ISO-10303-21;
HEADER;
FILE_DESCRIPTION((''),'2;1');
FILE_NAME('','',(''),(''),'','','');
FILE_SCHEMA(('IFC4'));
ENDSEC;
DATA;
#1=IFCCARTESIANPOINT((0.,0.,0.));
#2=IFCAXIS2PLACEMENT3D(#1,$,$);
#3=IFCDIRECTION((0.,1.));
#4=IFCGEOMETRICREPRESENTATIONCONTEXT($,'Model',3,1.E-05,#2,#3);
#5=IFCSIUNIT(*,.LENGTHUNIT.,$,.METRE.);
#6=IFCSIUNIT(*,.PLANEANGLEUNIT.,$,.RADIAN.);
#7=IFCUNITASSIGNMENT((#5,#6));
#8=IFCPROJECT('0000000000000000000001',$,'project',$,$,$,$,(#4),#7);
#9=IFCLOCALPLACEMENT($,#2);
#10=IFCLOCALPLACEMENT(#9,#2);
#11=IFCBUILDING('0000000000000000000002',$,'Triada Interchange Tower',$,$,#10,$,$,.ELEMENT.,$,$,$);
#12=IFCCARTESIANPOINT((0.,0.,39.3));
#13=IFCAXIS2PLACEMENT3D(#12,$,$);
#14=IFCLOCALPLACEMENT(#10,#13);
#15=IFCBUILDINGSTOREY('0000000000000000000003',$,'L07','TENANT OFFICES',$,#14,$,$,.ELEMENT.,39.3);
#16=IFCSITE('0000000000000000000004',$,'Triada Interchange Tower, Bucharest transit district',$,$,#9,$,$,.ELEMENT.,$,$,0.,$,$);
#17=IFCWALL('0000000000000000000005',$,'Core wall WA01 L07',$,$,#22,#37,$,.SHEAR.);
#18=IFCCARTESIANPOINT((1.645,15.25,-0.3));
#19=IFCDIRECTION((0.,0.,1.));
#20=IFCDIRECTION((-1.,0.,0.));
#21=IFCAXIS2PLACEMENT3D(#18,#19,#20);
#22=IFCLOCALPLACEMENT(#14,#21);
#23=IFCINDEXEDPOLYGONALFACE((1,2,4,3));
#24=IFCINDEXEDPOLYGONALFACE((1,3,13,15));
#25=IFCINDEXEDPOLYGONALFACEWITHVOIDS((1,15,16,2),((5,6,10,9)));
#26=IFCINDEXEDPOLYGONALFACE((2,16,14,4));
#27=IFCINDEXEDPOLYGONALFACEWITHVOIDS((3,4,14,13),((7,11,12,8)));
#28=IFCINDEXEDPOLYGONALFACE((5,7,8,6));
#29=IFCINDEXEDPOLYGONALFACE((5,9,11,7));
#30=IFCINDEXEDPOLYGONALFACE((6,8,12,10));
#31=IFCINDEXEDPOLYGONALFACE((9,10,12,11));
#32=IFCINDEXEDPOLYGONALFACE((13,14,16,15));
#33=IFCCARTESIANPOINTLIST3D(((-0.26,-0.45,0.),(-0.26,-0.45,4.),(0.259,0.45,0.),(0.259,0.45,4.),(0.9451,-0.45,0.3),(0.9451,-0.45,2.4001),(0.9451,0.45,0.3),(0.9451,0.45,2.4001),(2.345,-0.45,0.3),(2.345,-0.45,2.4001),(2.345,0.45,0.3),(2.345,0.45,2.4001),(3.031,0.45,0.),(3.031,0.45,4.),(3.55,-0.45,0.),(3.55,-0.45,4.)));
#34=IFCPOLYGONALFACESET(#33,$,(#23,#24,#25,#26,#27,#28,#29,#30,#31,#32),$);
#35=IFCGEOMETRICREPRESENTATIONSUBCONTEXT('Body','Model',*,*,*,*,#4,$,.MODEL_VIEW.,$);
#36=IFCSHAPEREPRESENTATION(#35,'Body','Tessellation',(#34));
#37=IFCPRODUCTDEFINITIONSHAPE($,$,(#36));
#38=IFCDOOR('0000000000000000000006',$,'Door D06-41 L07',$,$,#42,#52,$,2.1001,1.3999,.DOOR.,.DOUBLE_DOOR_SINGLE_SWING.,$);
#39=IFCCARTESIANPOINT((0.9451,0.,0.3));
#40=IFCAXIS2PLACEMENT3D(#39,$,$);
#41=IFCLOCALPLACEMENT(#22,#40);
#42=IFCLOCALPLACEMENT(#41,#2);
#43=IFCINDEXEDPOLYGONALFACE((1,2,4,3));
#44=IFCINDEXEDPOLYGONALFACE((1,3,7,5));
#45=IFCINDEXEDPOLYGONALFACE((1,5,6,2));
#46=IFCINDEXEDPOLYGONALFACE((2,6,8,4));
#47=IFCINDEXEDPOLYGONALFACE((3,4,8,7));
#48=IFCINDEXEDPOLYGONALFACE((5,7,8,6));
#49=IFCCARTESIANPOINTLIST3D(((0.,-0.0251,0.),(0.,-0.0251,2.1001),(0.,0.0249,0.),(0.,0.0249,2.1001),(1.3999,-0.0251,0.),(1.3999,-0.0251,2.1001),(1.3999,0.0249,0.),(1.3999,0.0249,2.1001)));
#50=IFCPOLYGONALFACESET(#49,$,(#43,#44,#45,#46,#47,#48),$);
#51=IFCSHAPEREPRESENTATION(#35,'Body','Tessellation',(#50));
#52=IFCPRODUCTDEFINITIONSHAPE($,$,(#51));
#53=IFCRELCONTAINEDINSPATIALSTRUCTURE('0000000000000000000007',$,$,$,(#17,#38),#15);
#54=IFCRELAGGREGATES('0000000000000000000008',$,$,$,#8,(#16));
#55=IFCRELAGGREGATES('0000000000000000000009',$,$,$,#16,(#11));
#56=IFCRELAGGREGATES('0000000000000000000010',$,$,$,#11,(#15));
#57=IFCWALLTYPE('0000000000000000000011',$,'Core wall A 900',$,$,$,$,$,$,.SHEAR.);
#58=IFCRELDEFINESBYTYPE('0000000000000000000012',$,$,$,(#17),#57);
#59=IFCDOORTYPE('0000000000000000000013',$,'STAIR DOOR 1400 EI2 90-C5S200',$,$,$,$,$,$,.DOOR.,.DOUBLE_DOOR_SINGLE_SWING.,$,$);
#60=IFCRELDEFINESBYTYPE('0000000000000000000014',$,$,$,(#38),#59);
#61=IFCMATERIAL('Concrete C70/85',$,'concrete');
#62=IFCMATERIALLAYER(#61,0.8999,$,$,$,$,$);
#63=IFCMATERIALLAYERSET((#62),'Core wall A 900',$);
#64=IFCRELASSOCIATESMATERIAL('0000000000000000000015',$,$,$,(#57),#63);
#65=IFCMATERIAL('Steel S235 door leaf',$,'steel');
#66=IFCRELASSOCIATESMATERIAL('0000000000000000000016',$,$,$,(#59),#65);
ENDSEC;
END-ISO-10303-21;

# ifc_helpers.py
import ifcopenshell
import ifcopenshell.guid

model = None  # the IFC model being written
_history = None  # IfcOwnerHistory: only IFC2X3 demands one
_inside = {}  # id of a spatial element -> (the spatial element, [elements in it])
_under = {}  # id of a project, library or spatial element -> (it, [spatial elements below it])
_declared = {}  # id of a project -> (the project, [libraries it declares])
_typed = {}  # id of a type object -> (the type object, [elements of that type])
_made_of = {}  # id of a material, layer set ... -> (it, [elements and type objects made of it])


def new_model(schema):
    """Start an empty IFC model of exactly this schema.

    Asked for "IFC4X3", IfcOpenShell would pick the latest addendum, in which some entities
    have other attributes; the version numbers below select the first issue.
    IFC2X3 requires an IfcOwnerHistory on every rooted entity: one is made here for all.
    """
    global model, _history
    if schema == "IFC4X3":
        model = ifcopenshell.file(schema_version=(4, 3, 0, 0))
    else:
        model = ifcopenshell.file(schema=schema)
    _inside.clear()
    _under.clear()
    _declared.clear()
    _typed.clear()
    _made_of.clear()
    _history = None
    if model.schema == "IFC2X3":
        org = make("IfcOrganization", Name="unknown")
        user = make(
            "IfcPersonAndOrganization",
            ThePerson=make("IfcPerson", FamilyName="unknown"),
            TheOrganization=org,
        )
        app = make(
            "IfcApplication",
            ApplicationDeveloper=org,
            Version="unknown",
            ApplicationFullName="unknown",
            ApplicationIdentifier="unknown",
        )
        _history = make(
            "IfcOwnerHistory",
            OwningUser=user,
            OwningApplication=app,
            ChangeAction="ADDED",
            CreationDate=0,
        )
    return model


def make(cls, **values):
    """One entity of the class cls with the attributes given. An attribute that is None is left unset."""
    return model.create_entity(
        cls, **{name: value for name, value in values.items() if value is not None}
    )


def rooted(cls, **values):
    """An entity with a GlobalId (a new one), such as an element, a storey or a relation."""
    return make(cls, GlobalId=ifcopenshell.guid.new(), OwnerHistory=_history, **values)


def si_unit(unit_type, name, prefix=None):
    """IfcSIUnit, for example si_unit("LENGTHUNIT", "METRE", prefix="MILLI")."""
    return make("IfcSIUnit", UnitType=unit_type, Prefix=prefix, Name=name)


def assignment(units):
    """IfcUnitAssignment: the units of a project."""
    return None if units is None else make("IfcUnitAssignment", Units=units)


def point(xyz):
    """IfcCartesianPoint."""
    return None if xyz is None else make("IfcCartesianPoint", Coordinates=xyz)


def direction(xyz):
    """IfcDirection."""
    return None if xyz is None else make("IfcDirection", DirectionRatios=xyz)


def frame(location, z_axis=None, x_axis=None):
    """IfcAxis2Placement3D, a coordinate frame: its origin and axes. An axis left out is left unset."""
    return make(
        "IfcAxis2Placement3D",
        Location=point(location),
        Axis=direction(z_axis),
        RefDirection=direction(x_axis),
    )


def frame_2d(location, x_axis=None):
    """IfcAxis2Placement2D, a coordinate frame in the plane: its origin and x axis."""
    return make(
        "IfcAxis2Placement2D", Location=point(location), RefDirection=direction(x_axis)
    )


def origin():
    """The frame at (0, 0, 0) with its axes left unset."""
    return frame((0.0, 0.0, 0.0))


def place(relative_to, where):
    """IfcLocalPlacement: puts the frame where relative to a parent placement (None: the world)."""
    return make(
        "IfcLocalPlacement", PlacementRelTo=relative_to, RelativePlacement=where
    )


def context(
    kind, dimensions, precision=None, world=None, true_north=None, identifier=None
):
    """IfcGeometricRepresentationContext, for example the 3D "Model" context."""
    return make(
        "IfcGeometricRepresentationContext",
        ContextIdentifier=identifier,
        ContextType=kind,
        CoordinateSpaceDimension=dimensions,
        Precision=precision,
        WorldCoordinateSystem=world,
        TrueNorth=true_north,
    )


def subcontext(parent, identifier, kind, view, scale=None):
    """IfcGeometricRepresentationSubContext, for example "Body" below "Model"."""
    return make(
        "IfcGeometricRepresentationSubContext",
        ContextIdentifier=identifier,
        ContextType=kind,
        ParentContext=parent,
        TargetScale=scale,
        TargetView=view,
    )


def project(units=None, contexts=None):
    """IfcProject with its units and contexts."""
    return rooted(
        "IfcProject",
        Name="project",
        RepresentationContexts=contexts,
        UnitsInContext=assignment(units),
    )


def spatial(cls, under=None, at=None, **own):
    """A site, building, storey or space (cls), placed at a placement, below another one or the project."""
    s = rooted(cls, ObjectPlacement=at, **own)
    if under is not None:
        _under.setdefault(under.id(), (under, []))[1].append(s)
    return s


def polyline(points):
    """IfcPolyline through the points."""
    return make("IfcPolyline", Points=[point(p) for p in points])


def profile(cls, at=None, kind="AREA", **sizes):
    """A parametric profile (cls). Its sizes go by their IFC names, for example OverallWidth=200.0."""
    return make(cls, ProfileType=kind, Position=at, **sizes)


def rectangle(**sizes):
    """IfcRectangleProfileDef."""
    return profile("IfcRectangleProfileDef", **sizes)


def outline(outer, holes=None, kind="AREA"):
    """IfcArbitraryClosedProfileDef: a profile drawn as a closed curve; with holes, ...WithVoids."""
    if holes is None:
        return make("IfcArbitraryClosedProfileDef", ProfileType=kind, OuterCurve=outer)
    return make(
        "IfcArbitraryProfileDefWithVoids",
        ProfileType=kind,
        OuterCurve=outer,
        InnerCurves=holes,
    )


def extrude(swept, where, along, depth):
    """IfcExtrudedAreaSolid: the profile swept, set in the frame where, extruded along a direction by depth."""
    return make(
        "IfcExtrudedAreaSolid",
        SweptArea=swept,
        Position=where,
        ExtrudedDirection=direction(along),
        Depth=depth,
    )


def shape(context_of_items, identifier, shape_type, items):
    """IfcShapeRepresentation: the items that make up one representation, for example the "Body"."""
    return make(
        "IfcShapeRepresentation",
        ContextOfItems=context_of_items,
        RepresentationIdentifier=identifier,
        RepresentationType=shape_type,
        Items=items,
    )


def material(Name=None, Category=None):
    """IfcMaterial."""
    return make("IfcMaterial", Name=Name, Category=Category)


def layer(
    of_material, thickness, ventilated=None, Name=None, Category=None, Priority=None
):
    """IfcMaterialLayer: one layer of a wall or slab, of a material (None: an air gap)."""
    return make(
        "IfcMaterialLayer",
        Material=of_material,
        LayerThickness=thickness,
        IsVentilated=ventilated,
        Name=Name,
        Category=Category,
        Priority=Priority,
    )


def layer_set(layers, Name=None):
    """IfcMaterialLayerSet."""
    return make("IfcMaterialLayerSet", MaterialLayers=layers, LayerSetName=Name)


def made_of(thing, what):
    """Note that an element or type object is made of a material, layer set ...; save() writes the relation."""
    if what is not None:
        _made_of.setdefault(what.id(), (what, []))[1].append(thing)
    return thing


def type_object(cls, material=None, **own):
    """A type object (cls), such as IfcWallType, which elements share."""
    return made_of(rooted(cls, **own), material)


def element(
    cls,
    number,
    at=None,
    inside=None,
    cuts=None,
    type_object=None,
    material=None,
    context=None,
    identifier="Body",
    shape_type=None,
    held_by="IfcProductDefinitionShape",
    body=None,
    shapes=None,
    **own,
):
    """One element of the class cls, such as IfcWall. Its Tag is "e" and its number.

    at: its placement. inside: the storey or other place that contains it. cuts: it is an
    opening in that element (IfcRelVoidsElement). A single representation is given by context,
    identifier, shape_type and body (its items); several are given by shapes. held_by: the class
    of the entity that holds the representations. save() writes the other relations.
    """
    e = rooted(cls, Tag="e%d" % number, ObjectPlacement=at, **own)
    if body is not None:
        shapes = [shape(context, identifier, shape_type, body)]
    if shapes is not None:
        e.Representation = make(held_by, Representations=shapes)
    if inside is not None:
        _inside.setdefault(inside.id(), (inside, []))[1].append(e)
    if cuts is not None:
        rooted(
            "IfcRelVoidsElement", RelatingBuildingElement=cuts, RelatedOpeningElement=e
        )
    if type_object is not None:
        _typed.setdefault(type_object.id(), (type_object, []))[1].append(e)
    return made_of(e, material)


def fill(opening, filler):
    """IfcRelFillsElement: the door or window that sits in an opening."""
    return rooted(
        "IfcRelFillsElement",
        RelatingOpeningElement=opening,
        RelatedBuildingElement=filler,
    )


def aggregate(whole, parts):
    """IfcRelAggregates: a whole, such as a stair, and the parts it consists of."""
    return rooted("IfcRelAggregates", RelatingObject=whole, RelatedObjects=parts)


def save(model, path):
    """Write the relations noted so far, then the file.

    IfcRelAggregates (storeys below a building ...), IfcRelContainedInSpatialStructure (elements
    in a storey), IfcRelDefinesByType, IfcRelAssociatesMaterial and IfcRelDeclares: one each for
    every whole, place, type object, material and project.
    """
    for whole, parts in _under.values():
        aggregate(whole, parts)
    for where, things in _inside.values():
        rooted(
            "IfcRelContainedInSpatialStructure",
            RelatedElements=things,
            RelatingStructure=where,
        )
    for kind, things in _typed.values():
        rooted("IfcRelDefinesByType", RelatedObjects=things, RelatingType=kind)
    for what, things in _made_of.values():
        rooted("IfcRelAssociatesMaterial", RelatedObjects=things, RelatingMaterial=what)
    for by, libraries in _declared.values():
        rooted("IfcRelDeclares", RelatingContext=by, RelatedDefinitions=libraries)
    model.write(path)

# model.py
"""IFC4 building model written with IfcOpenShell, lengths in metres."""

from ifc_helpers import new_model, si_unit, direction, frame, frame_2d, origin, place, context, subcontext, project, spatial, polyline, rectangle, outline, extrude, material, layer, layer_set, type_object, element, fill, save


model = new_model("IFC4")

# Units and contexts
model_context = context("Model", 3, precision=1e-05, world=origin(), true_north=direction((0.0, 1.0)))
body_context = subcontext(model_context, "Body", "Model", "MODEL_VIEW")
ifc_project = project(units=[si_unit("LENGTHUNIT", "METRE"), si_unit("PLANEANGLEUNIT", "RADIAN")], contexts=[model_context])

# Site, building, storey
site_placement = place(None, origin())
site = spatial("IfcSite", under=ifc_project, at=site_placement, Name="Triada Interchange Tower, Bucharest transit district", CompositionType="ELEMENT", RefElevation=0.0)
building_placement = place(site_placement, origin())
building = spatial("IfcBuilding", under=site, at=building_placement, Name="Triada Interchange Tower", CompositionType="ELEMENT")
storey_placement = place(building_placement, frame((0.0, 0.0, 39.3)))
storey = spatial("IfcBuildingStorey", under=building, at=storey_placement, Name="L07", Description="TENANT OFFICES", CompositionType="ELEMENT", Elevation=39.3)

# Shared definitions
ifc_material_1 = material(Name="Concrete C70/85", Category="concrete")

# Wall, opening, door
ifc_layer_1 = layer(ifc_material_1, 0.8999)
ifc_layer_set_1 = layer_set([ifc_layer_1], Name="Core wall A 900")
wall_type_1 = type_object("IfcWallType", Name="Core wall A 900", PredefinedType="SHEAR", material=ifc_layer_set_1)
wall_1_placement = place(storey_placement, frame((1.645, 15.25, -0.3), z_axis=(0.0, 0.0, 1.0), x_axis=(-1.0, 0.0, 0.0)))
wall_1 = element("IfcWall", 1, at=wall_1_placement, inside=storey, type_object=wall_type_1, Name="Core wall WA01 L07", PredefinedType="SHEAR", context=body_context, shape_type="SweptSolid", body=[
    extrude(outline(polyline([(-0.26, -0.45), (1.645, -0.45), (3.55, -0.45), (3.031, 0.45), (1.645, 0.45), (0.259, 0.45), (-0.26, -0.45)])), origin(), (0.0, 0.0, 1.0), 4.0),
])
opening_placement = place(wall_1_placement, frame((0.9451, 0.0, 0.3)))
opening = element("IfcOpeningElement", 2, at=opening_placement, cuts=wall_1, PredefinedType="OPENING", context=body_context, shape_type="SweptSolid", body=[
    extrude(rectangle(XDim=1.3999, YDim=2.1001, at=frame_2d((0.7, 1.05))), frame((0.0, 0.46, 0.0), z_axis=(0.0, -1.0, 0.0), x_axis=(1.0, 0.0, 0.0)), (0.0, 0.0, 1.0), 0.9199),
])
ifc_material_2 = material(Name="Steel S235 door leaf", Category="steel")
door_type = type_object("IfcDoorType", Name="STAIR DOOR 1400 EI2 90-C5S200", OperationType="DOUBLE_DOOR_SINGLE_SWING", PredefinedType="DOOR", material=ifc_material_2)
door_placement = place(opening_placement, origin())
door = element("IfcDoor", 3, at=door_placement, inside=storey, type_object=door_type, Name="Door D06-41 L07", OperationType="DOUBLE_DOOR_SINGLE_SWING", OverallHeight=2.1001, OverallWidth=1.3999, PredefinedType="DOOR", context=body_context, shape_type="SweptSolid", body=[
    extrude(rectangle(XDim=1.3999, YDim=2.1001, at=frame_2d((0.7, 1.05))), frame((0.0, 0.0249, 0.0), z_axis=(0.0, -1.0, 0.0), x_axis=(1.0, 0.0, 0.0)), (0.0, 0.0, 1.0), 0.05),
])
fill(opening, door)

save(model, "model.ifc")
